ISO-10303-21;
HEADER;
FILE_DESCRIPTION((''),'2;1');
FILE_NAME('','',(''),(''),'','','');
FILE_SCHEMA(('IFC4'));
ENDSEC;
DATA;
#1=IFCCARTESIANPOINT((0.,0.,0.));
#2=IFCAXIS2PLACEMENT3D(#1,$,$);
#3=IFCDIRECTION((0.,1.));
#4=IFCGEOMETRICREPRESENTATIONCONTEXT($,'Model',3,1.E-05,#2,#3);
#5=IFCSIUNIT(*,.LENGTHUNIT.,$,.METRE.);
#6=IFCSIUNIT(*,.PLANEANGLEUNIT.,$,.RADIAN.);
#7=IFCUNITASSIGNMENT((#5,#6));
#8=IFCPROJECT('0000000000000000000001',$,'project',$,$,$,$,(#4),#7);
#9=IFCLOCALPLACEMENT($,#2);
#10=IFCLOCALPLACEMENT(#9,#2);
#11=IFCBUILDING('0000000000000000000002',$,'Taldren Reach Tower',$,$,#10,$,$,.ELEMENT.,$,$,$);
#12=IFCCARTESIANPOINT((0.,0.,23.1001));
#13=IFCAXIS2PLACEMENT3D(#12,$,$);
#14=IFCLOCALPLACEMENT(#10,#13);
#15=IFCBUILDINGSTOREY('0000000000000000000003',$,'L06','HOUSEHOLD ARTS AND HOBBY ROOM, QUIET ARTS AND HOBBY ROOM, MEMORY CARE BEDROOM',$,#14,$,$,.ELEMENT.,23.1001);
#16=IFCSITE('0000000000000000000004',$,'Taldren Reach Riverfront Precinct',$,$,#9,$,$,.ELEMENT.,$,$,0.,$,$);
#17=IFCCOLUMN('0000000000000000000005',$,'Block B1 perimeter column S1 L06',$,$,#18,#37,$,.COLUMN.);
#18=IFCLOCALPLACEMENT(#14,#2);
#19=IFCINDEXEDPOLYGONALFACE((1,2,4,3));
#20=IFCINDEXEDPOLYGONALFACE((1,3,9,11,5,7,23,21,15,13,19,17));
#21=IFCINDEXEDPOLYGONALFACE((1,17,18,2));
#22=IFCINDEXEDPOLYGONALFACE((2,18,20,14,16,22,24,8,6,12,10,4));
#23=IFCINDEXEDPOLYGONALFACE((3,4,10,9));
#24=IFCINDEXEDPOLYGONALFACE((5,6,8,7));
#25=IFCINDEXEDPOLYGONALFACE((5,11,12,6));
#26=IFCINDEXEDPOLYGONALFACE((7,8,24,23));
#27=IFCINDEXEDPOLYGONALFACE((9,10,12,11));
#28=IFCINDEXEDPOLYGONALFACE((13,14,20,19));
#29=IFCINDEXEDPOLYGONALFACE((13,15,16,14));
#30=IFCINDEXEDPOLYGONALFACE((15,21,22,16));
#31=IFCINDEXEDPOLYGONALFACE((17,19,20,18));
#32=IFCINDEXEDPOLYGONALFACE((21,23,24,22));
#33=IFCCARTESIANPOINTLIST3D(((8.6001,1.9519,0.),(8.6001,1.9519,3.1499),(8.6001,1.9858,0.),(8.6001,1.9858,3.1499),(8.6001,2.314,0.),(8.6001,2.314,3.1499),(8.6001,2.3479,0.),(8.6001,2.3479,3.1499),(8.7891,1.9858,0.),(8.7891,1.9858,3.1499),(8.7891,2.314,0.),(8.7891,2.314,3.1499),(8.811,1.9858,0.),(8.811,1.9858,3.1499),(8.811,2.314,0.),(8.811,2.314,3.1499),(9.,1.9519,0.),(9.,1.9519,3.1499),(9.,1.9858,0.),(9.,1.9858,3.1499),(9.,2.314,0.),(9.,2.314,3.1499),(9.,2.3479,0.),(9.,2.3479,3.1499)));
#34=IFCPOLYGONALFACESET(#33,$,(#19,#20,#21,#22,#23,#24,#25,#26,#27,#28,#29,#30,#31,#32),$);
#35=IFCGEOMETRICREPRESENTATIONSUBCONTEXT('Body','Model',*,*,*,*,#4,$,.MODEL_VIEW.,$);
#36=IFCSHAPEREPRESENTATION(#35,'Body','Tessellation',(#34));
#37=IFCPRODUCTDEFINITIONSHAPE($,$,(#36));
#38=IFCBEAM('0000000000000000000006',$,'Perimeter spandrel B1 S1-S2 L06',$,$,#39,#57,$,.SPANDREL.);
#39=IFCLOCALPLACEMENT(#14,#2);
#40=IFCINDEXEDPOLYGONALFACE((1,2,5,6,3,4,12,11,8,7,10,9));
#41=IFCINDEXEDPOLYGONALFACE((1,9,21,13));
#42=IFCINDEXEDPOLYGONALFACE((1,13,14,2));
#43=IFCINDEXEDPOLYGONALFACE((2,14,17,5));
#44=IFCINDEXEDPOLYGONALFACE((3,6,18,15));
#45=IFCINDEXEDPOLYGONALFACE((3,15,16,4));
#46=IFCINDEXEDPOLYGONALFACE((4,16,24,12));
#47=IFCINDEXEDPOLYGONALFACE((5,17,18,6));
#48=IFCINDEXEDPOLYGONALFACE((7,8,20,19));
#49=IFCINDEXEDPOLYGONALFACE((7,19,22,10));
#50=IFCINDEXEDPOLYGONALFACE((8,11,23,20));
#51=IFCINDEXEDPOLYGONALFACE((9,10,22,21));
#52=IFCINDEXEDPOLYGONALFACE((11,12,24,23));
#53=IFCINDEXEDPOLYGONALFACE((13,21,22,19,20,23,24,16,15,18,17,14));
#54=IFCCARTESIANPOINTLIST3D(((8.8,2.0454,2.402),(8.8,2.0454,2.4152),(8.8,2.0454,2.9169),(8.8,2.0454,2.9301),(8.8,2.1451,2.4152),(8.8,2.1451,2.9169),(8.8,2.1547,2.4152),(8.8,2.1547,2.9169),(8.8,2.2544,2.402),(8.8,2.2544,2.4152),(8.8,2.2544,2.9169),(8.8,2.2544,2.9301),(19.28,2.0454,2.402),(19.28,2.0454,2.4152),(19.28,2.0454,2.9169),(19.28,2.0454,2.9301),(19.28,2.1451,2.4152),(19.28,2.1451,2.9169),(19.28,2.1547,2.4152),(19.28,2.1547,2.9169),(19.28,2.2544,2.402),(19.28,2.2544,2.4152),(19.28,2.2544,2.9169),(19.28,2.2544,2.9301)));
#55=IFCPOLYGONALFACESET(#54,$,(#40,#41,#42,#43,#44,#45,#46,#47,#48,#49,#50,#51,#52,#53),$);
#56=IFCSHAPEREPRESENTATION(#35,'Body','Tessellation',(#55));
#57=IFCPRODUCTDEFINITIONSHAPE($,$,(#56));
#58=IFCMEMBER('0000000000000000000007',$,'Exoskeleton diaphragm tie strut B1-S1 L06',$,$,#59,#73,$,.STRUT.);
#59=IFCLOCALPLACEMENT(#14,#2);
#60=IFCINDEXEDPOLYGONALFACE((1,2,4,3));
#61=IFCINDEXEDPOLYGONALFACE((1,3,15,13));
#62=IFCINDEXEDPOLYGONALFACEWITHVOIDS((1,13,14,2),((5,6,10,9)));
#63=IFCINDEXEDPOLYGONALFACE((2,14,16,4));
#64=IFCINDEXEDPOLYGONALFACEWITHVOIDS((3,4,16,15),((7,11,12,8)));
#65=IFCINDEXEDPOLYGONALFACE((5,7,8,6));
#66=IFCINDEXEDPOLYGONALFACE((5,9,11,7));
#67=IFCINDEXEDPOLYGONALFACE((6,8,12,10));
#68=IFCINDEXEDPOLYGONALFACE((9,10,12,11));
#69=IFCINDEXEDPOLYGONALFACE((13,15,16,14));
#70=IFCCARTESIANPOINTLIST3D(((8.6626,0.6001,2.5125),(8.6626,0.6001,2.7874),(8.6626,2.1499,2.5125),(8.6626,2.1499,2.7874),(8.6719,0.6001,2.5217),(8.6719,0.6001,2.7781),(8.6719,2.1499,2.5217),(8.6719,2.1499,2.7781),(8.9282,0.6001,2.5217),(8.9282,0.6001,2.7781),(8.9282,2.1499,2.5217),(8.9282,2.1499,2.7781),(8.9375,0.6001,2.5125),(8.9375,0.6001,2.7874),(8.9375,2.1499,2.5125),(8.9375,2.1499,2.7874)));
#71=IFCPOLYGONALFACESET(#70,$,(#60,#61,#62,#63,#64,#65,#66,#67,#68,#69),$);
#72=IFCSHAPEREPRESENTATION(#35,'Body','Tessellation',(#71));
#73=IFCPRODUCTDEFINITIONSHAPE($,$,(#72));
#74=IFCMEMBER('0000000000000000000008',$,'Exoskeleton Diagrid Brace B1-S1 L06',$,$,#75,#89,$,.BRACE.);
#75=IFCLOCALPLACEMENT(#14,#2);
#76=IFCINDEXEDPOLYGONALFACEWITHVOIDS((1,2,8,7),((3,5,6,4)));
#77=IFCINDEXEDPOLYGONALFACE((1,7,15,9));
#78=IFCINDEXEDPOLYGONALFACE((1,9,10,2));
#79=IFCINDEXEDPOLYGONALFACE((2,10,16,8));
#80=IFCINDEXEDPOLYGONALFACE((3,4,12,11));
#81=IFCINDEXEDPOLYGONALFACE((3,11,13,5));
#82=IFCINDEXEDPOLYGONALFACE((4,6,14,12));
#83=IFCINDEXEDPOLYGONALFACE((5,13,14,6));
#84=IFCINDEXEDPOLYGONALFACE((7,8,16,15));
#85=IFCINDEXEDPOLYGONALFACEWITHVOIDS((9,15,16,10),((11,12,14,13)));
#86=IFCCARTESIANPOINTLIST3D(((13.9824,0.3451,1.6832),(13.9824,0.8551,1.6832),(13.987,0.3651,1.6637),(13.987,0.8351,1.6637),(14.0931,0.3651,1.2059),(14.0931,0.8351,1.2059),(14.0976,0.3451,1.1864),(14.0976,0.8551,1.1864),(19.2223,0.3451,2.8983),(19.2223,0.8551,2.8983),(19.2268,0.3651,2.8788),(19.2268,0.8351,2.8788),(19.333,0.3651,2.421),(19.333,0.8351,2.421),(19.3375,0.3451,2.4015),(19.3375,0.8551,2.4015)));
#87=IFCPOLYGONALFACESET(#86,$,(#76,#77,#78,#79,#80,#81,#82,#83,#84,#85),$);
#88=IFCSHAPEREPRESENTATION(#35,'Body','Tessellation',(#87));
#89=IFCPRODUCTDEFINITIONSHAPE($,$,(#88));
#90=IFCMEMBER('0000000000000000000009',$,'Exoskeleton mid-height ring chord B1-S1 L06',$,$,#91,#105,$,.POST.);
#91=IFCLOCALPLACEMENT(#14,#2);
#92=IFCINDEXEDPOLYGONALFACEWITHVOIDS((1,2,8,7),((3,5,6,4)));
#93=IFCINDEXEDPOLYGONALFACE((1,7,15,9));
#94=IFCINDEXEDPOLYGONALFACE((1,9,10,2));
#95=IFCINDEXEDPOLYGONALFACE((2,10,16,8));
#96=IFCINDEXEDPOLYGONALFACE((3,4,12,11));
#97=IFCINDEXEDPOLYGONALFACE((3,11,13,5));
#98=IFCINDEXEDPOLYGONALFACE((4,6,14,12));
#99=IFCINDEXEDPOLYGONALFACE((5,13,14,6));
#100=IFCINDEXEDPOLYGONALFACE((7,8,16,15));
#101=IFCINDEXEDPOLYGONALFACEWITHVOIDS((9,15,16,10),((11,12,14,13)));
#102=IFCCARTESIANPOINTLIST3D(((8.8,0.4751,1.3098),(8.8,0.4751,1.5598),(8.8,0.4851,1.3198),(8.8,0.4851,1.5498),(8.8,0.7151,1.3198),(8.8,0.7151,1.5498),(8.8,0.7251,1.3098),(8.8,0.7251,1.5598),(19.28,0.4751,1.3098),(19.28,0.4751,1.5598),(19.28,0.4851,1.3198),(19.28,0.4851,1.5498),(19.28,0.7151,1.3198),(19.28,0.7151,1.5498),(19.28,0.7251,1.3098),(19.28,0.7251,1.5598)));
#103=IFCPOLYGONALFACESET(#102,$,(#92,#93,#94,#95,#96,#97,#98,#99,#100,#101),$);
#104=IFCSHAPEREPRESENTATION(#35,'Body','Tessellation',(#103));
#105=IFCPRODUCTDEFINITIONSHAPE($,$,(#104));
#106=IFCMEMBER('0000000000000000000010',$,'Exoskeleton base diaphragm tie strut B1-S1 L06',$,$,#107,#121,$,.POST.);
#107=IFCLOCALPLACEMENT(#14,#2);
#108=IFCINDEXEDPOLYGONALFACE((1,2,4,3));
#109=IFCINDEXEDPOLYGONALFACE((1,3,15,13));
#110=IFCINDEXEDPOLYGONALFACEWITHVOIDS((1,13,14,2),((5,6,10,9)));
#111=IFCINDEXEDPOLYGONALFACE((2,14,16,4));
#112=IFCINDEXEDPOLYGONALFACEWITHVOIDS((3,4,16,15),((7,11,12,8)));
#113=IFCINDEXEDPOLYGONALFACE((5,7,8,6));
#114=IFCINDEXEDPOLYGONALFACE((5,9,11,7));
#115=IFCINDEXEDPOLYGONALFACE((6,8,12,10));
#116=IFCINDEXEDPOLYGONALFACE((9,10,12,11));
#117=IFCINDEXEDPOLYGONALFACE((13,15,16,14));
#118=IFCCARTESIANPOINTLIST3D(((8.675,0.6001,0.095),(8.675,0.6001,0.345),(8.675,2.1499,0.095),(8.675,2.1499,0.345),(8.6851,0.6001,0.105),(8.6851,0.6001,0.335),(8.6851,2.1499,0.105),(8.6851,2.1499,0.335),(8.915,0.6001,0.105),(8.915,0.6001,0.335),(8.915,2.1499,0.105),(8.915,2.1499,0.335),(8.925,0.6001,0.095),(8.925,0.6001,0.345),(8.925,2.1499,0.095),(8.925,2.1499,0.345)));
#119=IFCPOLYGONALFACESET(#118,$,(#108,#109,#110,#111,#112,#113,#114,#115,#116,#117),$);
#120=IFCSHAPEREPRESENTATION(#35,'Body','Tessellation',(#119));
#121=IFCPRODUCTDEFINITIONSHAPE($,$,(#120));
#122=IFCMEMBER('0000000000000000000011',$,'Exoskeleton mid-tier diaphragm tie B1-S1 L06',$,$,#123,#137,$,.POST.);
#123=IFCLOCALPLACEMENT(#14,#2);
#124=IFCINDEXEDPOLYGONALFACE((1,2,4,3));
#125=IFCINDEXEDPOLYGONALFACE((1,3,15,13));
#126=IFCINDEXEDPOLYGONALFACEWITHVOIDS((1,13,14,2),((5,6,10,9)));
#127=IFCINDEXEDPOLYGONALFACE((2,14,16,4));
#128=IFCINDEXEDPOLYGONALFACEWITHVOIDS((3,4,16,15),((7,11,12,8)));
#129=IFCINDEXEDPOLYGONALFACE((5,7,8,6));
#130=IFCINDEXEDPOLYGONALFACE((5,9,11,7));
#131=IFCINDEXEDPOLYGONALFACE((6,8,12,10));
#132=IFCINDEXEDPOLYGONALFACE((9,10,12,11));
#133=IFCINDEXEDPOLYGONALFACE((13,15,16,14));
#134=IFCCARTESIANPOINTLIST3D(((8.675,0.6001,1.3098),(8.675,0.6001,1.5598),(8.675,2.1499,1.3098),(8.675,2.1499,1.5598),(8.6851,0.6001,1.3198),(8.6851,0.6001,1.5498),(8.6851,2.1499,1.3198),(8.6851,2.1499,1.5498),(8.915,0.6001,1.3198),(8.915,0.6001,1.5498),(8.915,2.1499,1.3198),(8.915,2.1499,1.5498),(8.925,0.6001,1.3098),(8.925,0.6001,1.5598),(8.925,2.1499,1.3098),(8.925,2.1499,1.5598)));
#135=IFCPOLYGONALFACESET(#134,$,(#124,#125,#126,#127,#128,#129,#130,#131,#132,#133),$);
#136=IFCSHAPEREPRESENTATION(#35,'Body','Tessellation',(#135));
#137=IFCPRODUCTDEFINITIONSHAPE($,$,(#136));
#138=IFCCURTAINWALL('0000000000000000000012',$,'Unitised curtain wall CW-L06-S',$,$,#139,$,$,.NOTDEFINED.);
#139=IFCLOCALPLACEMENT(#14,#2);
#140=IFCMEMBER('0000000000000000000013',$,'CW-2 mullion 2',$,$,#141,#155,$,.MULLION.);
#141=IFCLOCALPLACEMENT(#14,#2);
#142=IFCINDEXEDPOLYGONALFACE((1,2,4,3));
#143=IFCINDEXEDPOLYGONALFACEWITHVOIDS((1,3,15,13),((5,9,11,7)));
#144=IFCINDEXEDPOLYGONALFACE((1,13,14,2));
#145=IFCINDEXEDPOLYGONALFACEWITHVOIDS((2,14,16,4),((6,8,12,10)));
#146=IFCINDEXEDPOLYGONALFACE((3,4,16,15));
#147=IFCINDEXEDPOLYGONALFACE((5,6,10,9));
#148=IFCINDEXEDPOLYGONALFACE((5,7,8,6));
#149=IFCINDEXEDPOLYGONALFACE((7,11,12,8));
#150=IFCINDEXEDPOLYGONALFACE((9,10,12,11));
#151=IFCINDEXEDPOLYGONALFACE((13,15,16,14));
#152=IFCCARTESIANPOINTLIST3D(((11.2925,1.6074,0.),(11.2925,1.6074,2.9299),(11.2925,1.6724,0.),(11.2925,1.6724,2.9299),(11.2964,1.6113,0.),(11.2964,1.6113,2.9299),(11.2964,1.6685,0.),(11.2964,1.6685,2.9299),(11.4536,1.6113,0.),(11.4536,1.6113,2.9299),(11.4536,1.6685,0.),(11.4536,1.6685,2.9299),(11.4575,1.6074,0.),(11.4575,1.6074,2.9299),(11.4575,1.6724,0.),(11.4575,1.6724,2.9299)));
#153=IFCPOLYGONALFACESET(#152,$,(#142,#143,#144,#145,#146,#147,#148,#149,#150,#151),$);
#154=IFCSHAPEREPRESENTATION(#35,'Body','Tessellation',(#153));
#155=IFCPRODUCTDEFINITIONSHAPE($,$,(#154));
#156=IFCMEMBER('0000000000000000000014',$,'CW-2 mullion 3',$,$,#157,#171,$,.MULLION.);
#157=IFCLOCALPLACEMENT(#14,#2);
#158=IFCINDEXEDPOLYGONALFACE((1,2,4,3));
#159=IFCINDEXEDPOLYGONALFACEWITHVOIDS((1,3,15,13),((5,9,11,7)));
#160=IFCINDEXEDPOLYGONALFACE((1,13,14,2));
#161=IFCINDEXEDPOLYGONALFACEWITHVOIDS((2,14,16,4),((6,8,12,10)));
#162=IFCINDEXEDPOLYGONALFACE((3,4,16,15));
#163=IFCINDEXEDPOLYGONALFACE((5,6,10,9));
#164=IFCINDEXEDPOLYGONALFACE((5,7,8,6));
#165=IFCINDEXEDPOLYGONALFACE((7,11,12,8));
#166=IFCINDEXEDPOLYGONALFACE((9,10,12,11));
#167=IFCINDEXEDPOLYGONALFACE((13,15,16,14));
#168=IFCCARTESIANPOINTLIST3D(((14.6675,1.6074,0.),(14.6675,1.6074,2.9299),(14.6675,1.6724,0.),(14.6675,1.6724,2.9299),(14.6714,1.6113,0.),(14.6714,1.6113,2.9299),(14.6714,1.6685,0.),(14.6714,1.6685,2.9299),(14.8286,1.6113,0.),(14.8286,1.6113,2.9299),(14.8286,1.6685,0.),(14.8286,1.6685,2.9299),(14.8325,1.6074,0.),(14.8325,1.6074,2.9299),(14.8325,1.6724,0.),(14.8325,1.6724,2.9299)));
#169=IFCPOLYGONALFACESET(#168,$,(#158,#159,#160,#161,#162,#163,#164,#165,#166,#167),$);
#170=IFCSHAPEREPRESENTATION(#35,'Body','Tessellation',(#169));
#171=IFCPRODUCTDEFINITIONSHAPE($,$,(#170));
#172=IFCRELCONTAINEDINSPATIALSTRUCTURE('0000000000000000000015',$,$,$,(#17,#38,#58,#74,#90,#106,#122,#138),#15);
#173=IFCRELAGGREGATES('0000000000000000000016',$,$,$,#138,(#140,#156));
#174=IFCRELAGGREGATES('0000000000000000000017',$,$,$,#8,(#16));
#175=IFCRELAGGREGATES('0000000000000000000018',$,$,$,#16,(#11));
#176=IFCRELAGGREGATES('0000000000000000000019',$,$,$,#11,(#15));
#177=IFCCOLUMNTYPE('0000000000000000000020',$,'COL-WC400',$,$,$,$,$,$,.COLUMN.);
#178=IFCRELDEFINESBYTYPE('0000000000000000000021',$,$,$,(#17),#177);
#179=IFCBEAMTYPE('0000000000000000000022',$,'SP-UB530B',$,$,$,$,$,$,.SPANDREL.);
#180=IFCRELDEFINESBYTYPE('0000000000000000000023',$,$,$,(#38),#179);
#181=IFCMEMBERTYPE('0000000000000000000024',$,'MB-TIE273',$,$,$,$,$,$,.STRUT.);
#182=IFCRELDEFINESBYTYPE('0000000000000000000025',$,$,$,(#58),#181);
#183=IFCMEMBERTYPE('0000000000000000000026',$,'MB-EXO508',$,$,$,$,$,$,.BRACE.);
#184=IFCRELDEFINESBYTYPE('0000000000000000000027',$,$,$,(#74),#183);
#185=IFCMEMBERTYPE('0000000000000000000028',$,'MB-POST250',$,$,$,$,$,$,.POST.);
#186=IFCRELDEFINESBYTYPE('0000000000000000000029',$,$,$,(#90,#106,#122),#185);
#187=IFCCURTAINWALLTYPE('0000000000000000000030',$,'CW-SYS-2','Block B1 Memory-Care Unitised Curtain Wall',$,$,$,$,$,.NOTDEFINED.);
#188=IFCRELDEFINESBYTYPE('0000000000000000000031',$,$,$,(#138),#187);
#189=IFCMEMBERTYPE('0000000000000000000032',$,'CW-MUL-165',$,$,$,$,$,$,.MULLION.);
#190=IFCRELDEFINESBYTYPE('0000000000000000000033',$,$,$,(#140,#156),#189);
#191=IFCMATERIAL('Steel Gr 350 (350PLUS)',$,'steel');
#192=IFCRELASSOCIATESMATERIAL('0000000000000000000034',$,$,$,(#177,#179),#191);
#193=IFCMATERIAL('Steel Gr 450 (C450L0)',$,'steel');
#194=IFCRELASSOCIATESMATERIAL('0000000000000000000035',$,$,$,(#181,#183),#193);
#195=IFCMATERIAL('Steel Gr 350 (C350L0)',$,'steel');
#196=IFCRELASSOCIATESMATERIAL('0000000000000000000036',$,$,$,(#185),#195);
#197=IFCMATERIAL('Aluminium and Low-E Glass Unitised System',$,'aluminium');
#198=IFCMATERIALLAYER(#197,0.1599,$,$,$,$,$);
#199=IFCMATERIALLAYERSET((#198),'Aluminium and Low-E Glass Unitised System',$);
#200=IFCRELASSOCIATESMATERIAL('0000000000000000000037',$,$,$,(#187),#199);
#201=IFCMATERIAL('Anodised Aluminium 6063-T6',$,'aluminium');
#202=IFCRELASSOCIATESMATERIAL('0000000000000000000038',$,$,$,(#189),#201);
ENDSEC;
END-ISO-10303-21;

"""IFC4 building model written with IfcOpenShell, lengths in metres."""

from ifc_helpers import new_model, si_unit, direction, frame, origin, origin_2d, place, context, subcontext, project, spatial, hollow_rectangle, i_section, extrude, source, transform, mapped, material, layer, layer_set, material_profile, profile_set, type_object, element, aggregate, save


model = new_model("IFC4")

# Units and contexts
model_context = context("Model", 3, precision=1e-05, world=origin(), true_north=direction((0.0, 1.0)))
body_context = subcontext(model_context, "Body", "Model", "MODEL_VIEW")
ifc_project = project(units=[si_unit("LENGTHUNIT", "METRE"), si_unit("PLANEANGLEUNIT", "RADIAN")], contexts=[model_context])

# Site, building, storey
site_placement = place(None, origin())
site = spatial("IfcSite", under=ifc_project, at=site_placement, Name="Taldren Reach Riverfront Precinct", CompositionType="ELEMENT", RefElevation=0.0)
building_placement = place(site_placement, origin())
building = spatial("IfcBuilding", under=site, at=building_placement, Name="Taldren Reach Tower", CompositionType="ELEMENT")
storey_placement = place(building_placement, frame((0.0, 0.0, 23.1001)))
storey = spatial("IfcBuildingStorey", under=building, at=storey_placement, Name="L06", Description="HOUSEHOLD ARTS AND HOBBY ROOM, QUIET ARTS AND HOBBY ROOM, MEMORY CARE BEDROOM", CompositionType="ELEMENT", Elevation=23.1001)

# Column
ifc_material_1 = material(Name="Steel Gr 350 (350PLUS)", Category="steel")
ifc_material_profile_1 = material_profile(ifc_material_1, i_section(OverallWidth=0.3999, OverallDepth=0.396, WebThickness=0.022, FlangeThickness=0.0339, at=origin_2d()), Name="400WC270")
ifc_profile_set_1 = profile_set([ifc_material_profile_1], Name="Steel Gr 350 (350PLUS)")
column_type = type_object("IfcColumnType", Name="COL-WC400", PredefinedType="COLUMN", material=ifc_profile_set_1)
shared_shape_1 = source(origin(), body_context, "Body", "SweptSolid", [
    extrude(i_section(OverallWidth=0.3999, OverallDepth=0.396, WebThickness=0.022, FlangeThickness=0.0339, at=origin_2d()), origin(), (0.0, 0.0, 1.0), 3.1499),
])
column_placement = place(storey_placement, frame((8.8, 2.1499, 0.0), z_axis=(0.0, 0.0, 1.0), x_axis=(1.0, 0.0, 0.0)))
element("IfcColumn", 1, at=column_placement, inside=storey, type_object=column_type, Name="Block B1 perimeter column S1 L06", PredefinedType="COLUMN", context=body_context, shape_type="MappedRepresentation", body=[
    mapped(shared_shape_1, transform((0.0, 0.0, 0.0), scale=1.0)),
])

# Beam
ifc_material_profile_2 = material_profile(ifc_material_1, i_section(OverallWidth=0.209, OverallDepth=0.5281, WebThickness=0.0095, FlangeThickness=0.0132, at=origin_2d()), Name="530UB82.0")
ifc_profile_set_2 = profile_set([ifc_material_profile_2], Name="Steel Gr 350 (350PLUS)")
beam_type = type_object("IfcBeamType", Name="SP-UB530B", PredefinedType="SPANDREL", material=ifc_profile_set_2)
shared_shape_2 = source(origin(), body_context, "Body", "SweptSolid", [
    extrude(i_section(OverallWidth=0.209, OverallDepth=0.5281, WebThickness=0.0095, FlangeThickness=0.0132, at=origin_2d()), origin(), (0.0, 0.0, 1.0), 10.48),
])
beam_placement = place(storey_placement, frame((8.8, 2.1499, 2.666), z_axis=(1.0, 0.0, 0.0), x_axis=(0.0, 1.0, 0.0)))
element("IfcBeam", 2, at=beam_placement, inside=storey, type_object=beam_type, Name="Perimeter spandrel B1 S1-S2 L06", PredefinedType="SPANDREL", context=body_context, shape_type="MappedRepresentation", body=[
    mapped(shared_shape_2, transform((0.0, 0.0, 0.0), scale=1.0)),
])

# Members
ifc_material_2 = material(Name="Steel Gr 450 (C450L0)", Category="steel")
ifc_material_profile_3 = material_profile(ifc_material_2, hollow_rectangle(XDim=0.2749, YDim=0.2749, WallThickness=0.0093, at=origin_2d()), Name="275x275x9.3SHS")
ifc_profile_set_3 = profile_set([ifc_material_profile_3], Name="Steel Gr 450 (C450L0)")
member_type_1 = type_object("IfcMemberType", Name="MB-TIE273", PredefinedType="STRUT", material=ifc_profile_set_3)
shared_shape_3 = source(origin(), body_context, "Body", "SweptSolid", [
    extrude(hollow_rectangle(XDim=0.2749, YDim=0.2749, WallThickness=0.0093, at=origin_2d()), origin(), (0.0, 0.0, 1.0), 1.5498),
])
member_1_placement = place(storey_placement, frame((8.8, 2.1499, 2.6499), z_axis=(0.0, -1.0, 0.0), x_axis=(1.0, 0.0, 0.0)))
element("IfcMember", 3, at=member_1_placement, inside=storey, type_object=member_type_1, Name="Exoskeleton diaphragm tie strut B1-S1 L06", PredefinedType="STRUT", context=body_context, shape_type="MappedRepresentation", body=[
    mapped(shared_shape_3, transform((0.0, 0.0, 0.0), scale=1.0)),
])
ifc_material_profile_4 = material_profile(ifc_material_2, hollow_rectangle(XDim=0.51, YDim=0.51, WallThickness=0.02, at=origin_2d()), Name="510x510x20.0SHS")
ifc_profile_set_4 = profile_set([ifc_material_profile_4], Name="Steel Gr 450 (C450L0)")
member_type_2 = type_object("IfcMemberType", Name="MB-EXO508", PredefinedType="BRACE", material=ifc_profile_set_4)
shared_shape_4 = source(origin(), body_context, "Body", "SweptSolid", [
    extrude(hollow_rectangle(XDim=0.51, YDim=0.51, WallThickness=0.02, at=origin_2d()), origin(), (0.0, 0.0, 1.0), 5.3789),
])
member_2_placement = place(storey_placement, frame((14.04, 0.6001, 1.4348), z_axis=(0.974152, 0.0, 0.225894), x_axis=(0.0, 1.0, 0.0)))
element("IfcMember", 4, at=member_2_placement, inside=storey, type_object=member_type_2, Name="Exoskeleton Diagrid Brace B1-S1 L06", PredefinedType="BRACE", context=body_context, shape_type="MappedRepresentation", body=[
    mapped(shared_shape_4, transform((0.0, 0.0, 0.0), scale=1.0)),
])
ifc_material_3 = material(Name="Steel Gr 350 (C350L0)", Category="steel")
ifc_material_profile_5 = material_profile(ifc_material_3, hollow_rectangle(XDim=0.25, YDim=0.25, WallThickness=0.01, at=origin_2d()), Name="250x250x10.0SHS")
ifc_profile_set_5 = profile_set([ifc_material_profile_5], Name="Steel Gr 350 (C350L0)")
member_type_3 = type_object("IfcMemberType", Name="MB-POST250", PredefinedType="POST", material=ifc_profile_set_5)
shared_shape_5 = source(origin(), body_context, "Body", "SweptSolid", [
    extrude(hollow_rectangle(XDim=0.25, YDim=0.25, WallThickness=0.01, at=origin_2d()), origin(), (0.0, 0.0, 1.0), 10.48),
])
member_3_placement = place(storey_placement, frame((8.8, 0.6001, 1.4348), z_axis=(1.0, 0.0, 0.0), x_axis=(0.0, 1.0, 0.0)))
element("IfcMember", 5, at=member_3_placement, inside=storey, type_object=member_type_3, Name="Exoskeleton mid-height ring chord B1-S1 L06", PredefinedType="POST", context=body_context, shape_type="MappedRepresentation", body=[
    mapped(shared_shape_5, transform((0.0, 0.0, 0.0), scale=1.0)),
])
shared_shape_6 = source(origin(), body_context, "Body", "SweptSolid", [
    extrude(hollow_rectangle(XDim=0.25, YDim=0.25, WallThickness=0.01, at=origin_2d()), origin(), (0.0, 0.0, 1.0), 1.5498),
])
for number, where, z_axis, x_axis, name in (
    (6, (8.8, 2.1499, 0.22), (0.0, -1.0, 0.0), (1.0, 0.0, 0.0), "Exoskeleton base diaphragm tie strut B1-S1 L06"),
    (7, (8.8, 2.1499, 1.4348), (0.0, -1.0, 0.0), (1.0, 0.0, 0.0), "Exoskeleton mid-tier diaphragm tie B1-S1 L06"),
):
    element("IfcMember", number, at=place(storey_placement, frame(where, z_axis=z_axis, x_axis=x_axis)), inside=storey, type_object=member_type_3, Name=name, PredefinedType="POST", context=body_context, shape_type="MappedRepresentation", body=[
        mapped(shared_shape_6, transform((0.0, 0.0, 0.0), scale=1.0)),
    ])

# Curtain wall, members
ifc_material_4 = material(Name="Aluminium and Low-E Glass Unitised System", Category="aluminium")
ifc_layer_1 = layer(ifc_material_4, 0.1599)
ifc_layer_set_1 = layer_set([ifc_layer_1], Name="Aluminium and Low-E Glass Unitised System")
curtain_wall_type = type_object("IfcCurtainWallType", Name="CW-SYS-2", Description="Block B1 Memory-Care Unitised Curtain Wall", PredefinedType="NOTDEFINED", material=ifc_layer_set_1)
curtain_wall_placement = place(storey_placement, origin())
curtain_wall = element("IfcCurtainWall", 8, at=curtain_wall_placement, inside=storey, type_object=curtain_wall_type, Name="Unitised curtain wall CW-L06-S", PredefinedType="NOTDEFINED")
ifc_material_5 = material(Name="Anodised Aluminium 6063-T6", Category="aluminium")
ifc_material_profile_6 = material_profile(ifc_material_5, hollow_rectangle(XDim=0.0649, YDim=0.165, WallThickness=0.0039, at=origin_2d()), Name="ALU-165x65x4RHS")
ifc_profile_set_6 = profile_set([ifc_material_profile_6], Name="Anodised Aluminium 6063-T6")
member_type_4 = type_object("IfcMemberType", Name="CW-MUL-165", PredefinedType="MULLION", material=ifc_profile_set_6)
shared_shape_7 = source(origin(), body_context, "Body", "SweptSolid", [
    extrude(hollow_rectangle(XDim=0.0649, YDim=0.165, WallThickness=0.0039, at=origin_2d()), origin(), (0.0, 0.0, 1.0), 2.9299),
])
member_4_placement = place(storey_placement, frame((11.375, 1.6399, 0.0), z_axis=(0.0, 0.0, 1.0), x_axis=(0.0, 1.0, 0.0)))
member_4 = element("IfcMember", 9, at=member_4_placement, type_object=member_type_4, Name="CW-2 mullion 2", PredefinedType="MULLION", context=body_context, shape_type="MappedRepresentation", body=[
    mapped(shared_shape_7, transform((0.0, 0.0, 0.0), scale=1.0)),
])
member_5_placement = place(storey_placement, frame((14.75, 1.6399, 0.0), z_axis=(0.0, 0.0, 1.0), x_axis=(0.0, 1.0, 0.0)))
member_5 = element("IfcMember", 10, at=member_5_placement, type_object=member_type_4, Name="CW-2 mullion 3", PredefinedType="MULLION", context=body_context, shape_type="MappedRepresentation", body=[
    mapped(shared_shape_7, transform((0.0, 0.0, 0.0), scale=1.0)),
])
aggregate(curtain_wall, [member_4, member_5])

save(model, "model.ifc")
